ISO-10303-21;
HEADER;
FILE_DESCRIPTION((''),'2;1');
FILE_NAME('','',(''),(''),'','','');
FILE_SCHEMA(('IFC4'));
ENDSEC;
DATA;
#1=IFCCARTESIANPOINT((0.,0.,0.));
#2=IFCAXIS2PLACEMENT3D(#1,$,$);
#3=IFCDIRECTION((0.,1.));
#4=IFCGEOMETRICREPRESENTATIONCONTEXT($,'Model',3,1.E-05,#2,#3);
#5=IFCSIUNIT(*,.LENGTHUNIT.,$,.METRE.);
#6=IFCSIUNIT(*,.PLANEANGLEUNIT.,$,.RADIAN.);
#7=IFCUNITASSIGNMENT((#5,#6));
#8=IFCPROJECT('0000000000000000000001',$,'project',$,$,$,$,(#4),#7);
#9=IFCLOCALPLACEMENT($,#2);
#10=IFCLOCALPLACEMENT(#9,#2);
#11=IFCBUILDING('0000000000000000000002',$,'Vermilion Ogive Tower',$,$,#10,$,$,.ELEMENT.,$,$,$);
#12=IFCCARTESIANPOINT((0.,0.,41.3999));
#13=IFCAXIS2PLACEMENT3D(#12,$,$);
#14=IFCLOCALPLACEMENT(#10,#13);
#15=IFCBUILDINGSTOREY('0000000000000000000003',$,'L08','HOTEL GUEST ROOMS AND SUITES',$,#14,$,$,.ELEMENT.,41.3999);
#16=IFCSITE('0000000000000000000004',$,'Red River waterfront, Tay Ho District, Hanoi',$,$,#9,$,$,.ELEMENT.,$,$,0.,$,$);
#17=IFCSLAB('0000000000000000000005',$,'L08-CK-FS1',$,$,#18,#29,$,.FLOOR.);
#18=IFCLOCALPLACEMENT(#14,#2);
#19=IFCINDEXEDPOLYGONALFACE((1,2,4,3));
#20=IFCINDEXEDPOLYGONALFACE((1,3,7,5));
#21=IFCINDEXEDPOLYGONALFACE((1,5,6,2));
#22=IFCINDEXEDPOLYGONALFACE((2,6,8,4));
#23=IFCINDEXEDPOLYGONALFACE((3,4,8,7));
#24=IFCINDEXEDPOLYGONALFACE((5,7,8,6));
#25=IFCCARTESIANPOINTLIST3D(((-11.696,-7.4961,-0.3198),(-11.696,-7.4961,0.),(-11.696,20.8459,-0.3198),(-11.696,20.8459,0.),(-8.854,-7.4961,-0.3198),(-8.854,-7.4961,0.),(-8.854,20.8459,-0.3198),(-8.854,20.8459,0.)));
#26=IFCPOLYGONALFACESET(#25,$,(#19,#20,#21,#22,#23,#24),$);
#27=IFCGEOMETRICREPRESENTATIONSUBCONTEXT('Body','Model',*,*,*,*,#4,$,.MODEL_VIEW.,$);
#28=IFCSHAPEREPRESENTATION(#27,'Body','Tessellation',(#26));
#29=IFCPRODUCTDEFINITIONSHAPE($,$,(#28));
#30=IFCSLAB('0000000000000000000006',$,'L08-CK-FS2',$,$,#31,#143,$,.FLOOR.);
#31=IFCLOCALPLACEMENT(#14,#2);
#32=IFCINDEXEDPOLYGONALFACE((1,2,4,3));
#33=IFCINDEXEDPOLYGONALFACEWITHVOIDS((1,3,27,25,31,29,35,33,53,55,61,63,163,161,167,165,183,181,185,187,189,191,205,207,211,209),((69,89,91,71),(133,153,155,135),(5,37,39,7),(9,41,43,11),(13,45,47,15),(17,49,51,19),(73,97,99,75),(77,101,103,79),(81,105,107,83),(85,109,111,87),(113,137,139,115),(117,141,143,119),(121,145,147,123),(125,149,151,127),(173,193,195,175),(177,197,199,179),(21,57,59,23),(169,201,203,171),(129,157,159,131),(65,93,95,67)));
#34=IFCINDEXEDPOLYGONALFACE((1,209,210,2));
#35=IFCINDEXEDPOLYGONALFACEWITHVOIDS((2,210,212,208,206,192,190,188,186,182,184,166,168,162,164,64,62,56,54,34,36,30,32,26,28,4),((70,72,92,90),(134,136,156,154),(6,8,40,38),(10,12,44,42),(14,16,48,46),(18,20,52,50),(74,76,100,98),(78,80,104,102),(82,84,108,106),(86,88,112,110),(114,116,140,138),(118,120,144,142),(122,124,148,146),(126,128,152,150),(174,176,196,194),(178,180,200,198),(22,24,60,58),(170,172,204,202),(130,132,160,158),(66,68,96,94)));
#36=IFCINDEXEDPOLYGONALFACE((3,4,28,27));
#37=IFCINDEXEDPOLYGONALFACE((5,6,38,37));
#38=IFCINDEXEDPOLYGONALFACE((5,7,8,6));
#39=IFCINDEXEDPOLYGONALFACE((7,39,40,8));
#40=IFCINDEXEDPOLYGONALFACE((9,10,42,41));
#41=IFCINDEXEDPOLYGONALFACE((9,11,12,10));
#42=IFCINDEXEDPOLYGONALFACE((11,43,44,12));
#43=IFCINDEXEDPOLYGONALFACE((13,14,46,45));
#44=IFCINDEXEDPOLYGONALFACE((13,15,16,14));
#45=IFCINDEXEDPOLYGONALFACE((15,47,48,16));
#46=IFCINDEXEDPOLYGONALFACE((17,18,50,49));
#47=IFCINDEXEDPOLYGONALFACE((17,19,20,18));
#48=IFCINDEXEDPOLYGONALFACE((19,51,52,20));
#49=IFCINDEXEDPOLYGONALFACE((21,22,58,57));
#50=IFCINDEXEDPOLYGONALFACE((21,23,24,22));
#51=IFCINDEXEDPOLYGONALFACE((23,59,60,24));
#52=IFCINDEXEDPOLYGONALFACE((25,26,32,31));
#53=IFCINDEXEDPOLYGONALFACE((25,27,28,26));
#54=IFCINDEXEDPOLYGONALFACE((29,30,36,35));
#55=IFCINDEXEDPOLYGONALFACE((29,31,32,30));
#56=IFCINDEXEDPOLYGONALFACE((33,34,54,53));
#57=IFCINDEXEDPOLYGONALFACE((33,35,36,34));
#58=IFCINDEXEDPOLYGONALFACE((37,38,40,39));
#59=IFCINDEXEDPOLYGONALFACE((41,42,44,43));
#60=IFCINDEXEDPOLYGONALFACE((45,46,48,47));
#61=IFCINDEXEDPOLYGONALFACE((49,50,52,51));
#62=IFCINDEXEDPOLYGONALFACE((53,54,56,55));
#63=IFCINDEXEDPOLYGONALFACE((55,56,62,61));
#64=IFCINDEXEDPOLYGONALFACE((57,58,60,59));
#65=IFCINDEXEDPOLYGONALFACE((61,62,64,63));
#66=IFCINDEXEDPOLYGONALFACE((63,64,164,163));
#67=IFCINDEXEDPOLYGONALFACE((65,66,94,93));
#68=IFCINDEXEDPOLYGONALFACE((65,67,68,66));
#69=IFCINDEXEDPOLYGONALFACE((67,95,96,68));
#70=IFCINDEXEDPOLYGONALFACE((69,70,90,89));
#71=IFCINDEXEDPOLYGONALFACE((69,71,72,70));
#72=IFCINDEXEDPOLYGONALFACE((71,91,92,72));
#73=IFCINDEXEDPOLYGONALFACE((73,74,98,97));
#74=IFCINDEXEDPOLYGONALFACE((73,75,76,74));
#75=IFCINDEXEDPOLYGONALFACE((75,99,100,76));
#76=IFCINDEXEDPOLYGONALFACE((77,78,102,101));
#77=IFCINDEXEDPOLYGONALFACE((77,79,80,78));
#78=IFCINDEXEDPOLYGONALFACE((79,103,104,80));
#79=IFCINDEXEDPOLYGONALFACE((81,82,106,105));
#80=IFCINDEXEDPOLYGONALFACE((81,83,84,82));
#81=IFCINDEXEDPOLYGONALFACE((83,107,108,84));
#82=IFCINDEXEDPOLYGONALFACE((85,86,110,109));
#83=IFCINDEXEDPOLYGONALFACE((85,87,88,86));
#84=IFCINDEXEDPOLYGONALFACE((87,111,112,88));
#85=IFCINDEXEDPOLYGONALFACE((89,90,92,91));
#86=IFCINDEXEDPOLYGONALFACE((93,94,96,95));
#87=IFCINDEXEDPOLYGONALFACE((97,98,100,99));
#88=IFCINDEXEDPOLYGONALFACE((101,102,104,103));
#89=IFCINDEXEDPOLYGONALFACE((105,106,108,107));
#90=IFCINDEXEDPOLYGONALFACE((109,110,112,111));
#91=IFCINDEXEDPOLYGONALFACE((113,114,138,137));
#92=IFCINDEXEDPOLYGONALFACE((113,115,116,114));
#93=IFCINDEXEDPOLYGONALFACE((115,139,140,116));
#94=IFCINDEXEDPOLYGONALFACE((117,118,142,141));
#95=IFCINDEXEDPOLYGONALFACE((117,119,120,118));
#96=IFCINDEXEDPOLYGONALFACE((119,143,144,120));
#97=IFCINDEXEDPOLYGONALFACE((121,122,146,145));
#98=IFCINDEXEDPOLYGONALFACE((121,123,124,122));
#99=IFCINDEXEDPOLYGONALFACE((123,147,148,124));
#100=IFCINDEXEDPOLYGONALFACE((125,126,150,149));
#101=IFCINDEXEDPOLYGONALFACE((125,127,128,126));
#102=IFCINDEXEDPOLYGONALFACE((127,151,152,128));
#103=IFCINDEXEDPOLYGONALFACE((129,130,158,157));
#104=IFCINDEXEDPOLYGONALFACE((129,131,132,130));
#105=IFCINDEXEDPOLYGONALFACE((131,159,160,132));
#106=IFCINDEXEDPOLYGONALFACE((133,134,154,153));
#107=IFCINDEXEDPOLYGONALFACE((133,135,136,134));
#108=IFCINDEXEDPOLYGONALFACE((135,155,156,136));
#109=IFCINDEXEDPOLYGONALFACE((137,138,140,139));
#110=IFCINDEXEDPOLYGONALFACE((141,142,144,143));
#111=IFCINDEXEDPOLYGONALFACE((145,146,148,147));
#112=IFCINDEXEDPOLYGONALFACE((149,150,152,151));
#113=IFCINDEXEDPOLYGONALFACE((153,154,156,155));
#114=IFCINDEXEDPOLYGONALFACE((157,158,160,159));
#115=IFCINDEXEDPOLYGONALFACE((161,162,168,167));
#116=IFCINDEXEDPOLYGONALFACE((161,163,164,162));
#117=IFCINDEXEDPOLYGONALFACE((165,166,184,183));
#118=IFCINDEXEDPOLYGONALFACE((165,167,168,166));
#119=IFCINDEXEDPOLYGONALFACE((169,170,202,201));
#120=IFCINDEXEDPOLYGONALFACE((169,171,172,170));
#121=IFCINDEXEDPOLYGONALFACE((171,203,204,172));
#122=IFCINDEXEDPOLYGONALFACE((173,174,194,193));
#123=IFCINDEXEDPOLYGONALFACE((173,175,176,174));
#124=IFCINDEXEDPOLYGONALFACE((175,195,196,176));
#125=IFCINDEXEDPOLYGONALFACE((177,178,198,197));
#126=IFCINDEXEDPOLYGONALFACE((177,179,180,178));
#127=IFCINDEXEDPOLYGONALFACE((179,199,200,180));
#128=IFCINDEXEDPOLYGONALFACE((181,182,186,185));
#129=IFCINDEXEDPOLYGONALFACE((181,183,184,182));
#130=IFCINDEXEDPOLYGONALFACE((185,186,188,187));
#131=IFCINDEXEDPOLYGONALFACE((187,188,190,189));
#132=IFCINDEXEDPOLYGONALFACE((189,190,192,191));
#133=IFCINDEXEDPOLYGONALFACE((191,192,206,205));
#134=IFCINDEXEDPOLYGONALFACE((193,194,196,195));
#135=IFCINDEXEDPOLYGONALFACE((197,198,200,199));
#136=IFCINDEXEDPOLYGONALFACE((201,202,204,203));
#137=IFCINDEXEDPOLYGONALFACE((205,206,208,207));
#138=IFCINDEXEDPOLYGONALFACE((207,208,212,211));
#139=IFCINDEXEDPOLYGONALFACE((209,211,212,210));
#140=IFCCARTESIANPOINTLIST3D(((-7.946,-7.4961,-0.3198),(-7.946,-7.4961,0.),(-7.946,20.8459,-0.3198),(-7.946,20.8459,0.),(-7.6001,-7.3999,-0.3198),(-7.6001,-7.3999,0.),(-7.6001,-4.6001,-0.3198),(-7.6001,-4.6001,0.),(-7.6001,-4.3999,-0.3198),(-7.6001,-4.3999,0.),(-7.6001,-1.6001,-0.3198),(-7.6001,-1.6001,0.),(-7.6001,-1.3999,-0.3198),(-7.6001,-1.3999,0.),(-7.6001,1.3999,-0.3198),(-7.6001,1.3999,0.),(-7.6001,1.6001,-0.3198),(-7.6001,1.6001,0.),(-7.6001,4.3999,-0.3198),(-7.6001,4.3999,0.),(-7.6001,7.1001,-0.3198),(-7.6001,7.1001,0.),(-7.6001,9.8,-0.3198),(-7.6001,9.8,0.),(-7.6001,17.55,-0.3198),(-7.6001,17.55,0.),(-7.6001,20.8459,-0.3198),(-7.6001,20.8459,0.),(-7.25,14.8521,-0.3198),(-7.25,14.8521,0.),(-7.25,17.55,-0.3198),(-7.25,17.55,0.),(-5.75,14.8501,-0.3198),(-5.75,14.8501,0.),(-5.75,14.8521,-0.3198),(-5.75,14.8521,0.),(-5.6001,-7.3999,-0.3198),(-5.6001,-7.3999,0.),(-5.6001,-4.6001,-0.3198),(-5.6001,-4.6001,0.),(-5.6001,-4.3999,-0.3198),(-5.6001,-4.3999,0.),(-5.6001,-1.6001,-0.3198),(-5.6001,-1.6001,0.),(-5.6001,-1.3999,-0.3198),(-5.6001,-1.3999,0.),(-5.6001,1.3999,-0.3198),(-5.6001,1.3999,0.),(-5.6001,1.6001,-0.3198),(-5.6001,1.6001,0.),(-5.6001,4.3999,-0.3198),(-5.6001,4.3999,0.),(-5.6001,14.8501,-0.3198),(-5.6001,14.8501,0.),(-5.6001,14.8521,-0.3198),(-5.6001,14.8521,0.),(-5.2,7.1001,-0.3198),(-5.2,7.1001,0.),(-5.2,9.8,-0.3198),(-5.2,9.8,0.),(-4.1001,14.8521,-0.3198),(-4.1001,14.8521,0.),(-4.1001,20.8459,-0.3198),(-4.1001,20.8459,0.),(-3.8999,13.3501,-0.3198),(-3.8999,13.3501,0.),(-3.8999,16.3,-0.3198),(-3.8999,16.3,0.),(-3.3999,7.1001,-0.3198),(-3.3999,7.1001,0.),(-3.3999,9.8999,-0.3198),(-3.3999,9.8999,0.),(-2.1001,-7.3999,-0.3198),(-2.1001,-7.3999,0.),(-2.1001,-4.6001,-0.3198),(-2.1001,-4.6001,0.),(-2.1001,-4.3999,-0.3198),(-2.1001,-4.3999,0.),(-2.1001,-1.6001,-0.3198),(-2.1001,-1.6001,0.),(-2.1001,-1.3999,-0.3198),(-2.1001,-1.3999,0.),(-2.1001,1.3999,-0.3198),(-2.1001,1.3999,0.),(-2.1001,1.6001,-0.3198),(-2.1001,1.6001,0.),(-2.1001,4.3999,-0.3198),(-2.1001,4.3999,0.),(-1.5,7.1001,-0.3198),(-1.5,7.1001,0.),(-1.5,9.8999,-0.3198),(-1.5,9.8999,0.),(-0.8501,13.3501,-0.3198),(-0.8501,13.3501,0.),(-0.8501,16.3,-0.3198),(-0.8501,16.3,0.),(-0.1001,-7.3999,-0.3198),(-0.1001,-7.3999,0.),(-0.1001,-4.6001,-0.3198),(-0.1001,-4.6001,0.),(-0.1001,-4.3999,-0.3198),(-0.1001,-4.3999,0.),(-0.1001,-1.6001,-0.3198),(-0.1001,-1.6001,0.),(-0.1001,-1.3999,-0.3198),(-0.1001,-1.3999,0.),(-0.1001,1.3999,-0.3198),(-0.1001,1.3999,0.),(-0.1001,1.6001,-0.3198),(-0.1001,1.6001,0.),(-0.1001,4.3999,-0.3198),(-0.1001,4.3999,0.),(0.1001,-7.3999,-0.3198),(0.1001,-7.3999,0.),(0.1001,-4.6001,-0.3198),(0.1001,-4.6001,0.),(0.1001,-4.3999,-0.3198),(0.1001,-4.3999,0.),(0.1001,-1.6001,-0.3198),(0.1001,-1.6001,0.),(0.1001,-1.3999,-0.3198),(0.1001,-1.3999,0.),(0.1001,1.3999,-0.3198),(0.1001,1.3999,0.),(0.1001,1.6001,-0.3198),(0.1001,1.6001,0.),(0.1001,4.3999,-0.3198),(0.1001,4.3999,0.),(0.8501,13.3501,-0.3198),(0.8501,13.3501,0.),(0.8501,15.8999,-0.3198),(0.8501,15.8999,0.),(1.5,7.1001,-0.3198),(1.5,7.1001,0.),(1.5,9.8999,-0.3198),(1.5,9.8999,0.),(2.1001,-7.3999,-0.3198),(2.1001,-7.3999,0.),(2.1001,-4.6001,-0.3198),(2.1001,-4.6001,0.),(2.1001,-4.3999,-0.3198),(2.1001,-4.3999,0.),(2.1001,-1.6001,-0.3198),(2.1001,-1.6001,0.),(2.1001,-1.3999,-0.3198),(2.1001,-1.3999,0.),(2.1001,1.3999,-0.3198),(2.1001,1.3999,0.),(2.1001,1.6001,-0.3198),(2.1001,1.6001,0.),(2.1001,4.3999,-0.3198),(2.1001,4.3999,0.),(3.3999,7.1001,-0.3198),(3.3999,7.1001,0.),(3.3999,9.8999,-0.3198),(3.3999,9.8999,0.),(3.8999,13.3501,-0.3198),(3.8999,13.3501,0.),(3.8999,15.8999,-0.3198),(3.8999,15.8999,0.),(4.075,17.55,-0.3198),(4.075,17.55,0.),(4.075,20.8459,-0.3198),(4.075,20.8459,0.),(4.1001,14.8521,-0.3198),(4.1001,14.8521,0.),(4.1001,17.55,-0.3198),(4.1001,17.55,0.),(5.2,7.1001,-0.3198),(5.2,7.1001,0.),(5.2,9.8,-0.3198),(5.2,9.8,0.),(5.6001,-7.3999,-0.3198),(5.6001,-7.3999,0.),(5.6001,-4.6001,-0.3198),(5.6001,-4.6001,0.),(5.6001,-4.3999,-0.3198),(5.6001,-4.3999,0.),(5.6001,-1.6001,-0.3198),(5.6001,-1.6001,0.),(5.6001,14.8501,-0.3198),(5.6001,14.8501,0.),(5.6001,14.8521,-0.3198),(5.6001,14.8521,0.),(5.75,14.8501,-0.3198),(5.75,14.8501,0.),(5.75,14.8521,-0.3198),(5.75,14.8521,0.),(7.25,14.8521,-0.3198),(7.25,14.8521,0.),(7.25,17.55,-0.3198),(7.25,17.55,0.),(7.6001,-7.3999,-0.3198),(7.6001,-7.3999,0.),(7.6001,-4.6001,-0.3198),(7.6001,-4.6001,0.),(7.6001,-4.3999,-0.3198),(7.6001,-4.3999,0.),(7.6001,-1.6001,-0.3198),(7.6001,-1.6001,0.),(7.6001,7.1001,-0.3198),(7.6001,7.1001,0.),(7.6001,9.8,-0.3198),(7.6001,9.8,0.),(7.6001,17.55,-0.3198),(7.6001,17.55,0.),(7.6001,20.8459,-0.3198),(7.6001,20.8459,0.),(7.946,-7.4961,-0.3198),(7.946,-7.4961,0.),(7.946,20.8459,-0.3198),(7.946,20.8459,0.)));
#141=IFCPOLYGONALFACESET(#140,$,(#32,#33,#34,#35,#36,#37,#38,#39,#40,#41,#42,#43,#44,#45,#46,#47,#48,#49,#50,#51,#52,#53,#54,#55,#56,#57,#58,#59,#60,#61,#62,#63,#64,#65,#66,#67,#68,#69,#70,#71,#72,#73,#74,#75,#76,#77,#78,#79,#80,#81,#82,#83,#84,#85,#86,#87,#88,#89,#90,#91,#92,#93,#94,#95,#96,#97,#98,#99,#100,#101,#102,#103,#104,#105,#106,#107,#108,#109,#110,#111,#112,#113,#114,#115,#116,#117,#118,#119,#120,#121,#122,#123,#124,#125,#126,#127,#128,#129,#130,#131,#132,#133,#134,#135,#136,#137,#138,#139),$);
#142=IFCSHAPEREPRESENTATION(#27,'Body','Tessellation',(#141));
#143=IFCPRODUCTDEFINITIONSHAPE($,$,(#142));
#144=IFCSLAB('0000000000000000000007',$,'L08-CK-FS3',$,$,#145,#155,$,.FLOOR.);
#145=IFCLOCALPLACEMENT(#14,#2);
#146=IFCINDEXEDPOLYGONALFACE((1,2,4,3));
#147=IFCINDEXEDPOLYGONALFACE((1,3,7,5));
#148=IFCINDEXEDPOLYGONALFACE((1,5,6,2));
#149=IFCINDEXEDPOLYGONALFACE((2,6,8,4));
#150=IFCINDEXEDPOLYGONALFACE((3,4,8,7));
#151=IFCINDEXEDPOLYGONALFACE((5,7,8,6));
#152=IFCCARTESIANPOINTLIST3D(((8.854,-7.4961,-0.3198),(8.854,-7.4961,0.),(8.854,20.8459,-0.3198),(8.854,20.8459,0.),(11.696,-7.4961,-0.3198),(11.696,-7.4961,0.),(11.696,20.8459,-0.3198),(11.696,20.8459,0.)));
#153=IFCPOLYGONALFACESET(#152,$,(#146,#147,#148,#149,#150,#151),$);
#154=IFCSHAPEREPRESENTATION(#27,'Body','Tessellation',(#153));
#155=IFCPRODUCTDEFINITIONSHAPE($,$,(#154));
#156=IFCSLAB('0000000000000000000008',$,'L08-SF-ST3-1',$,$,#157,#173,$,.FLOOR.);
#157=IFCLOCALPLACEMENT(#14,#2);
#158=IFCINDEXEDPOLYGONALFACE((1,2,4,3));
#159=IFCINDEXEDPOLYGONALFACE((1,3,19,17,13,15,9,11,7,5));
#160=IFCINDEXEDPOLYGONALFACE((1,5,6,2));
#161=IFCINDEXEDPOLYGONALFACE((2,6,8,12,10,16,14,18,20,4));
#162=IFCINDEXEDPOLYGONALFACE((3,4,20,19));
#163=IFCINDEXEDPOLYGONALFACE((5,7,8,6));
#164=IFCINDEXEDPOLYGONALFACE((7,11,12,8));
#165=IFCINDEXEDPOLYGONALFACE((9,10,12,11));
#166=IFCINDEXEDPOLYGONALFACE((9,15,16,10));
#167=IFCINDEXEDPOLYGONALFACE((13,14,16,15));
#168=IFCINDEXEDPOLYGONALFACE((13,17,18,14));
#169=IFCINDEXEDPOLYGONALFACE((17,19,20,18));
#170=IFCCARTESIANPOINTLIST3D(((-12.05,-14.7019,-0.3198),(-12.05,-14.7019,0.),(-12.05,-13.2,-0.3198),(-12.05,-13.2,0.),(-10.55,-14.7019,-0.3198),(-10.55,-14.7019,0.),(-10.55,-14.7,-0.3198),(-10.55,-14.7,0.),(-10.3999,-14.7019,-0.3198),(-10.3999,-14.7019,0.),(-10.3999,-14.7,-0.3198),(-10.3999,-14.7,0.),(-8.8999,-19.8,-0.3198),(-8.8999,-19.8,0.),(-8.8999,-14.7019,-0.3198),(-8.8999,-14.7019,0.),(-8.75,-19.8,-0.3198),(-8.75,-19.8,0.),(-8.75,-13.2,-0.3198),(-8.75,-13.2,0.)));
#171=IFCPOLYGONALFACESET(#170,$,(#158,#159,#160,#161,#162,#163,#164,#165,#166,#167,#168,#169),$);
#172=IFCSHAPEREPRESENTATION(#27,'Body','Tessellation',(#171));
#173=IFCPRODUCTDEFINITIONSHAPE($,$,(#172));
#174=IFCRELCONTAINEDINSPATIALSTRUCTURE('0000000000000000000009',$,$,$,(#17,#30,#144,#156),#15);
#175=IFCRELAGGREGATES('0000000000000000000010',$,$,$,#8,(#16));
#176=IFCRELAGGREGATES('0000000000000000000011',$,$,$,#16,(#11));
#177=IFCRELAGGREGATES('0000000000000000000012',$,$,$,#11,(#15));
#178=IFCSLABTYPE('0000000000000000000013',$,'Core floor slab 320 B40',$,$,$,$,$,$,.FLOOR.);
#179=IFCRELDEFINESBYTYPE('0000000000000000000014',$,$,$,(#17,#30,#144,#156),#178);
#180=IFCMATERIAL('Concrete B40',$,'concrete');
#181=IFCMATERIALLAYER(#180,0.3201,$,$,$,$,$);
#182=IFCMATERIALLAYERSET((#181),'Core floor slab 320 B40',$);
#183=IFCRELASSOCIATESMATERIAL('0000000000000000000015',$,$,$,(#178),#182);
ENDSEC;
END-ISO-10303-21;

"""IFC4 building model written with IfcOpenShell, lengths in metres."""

from ifc_helpers import new_model, si_unit, direction, frame, origin, place, context, subcontext, project, spatial, polyline, outline, extrude, material, layer, layer_set, type_object, element, save


model = new_model("IFC4")

# Units and contexts
model_context = context("Model", 3, precision=1e-05, world=origin(), true_north=direction((0.0, 1.0)))
body_context = subcontext(model_context, "Body", "Model", "MODEL_VIEW")
ifc_project = project(units=[si_unit("LENGTHUNIT", "METRE"), si_unit("PLANEANGLEUNIT", "RADIAN")], contexts=[model_context])

# Site, building, storey
site_placement = place(None, origin())
site = spatial("IfcSite", under=ifc_project, at=site_placement, Name="Red River waterfront, Tay Ho District, Hanoi", CompositionType="ELEMENT", RefElevation=0.0)
building_placement = place(site_placement, origin())
building = spatial("IfcBuilding", under=site, at=building_placement, Name="Vermilion Ogive Tower", CompositionType="ELEMENT")
storey_placement = place(building_placement, frame((0.0, 0.0, 41.3999)))
storey = spatial("IfcBuildingStorey", under=building, at=storey_placement, Name="L08", Description="HOTEL GUEST ROOMS AND SUITES", CompositionType="ELEMENT", Elevation=41.3999)

# Slabs
ifc_material_1 = material(Name="Concrete B40", Category="concrete")
ifc_layer_1 = layer(ifc_material_1, 0.3201)
ifc_layer_set_1 = layer_set([ifc_layer_1], Name="Core floor slab 320 B40")
slab_type_1 = type_object("IfcSlabType", Name="Core floor slab 320 B40", PredefinedType="FLOOR", material=ifc_layer_set_1)
slab_1_placement = place(storey_placement, frame((0.0, 0.0, -0.3198)))
element("IfcSlab", 1, at=slab_1_placement, inside=storey, type_object=slab_type_1, Name="L08-CK-FS1", PredefinedType="FLOOR", context=body_context, shape_type="SweptSolid", body=[
    extrude(outline(polyline([(-8.854, -7.4961), (-11.696, -7.4961), (-11.696, 20.8459), (-8.854, 20.8459), (-8.854, -7.4961)])), origin(), (0.0, 0.0, 1.0), 0.3198),
])
slab_2_placement = place(storey_placement, frame((0.0, 0.0, -0.3198)))
element("IfcSlab", 2, at=slab_2_placement, inside=storey, type_object=slab_type_1, Name="L08-CK-FS2", PredefinedType="FLOOR", context=body_context, shape_type="SweptSolid", body=[
    extrude(outline(polyline([(5.75, 14.8501), (5.6001, 14.8501), (5.6001, 14.8521), (4.1001, 14.8521), (4.1001, 17.55), (4.075, 17.55), (4.075, 20.8459), (-4.1001, 20.8459), (-4.1001, 14.8521), (-5.6001, 14.8521), (-5.6001, 14.8501), (-5.75, 14.8501), (-5.75, 14.8521), (-7.25, 14.8521), (-7.25, 17.55), (-7.6001, 17.55), (-7.6001, 20.8459), (-7.946, 20.8459), (-7.946, -7.4961), (7.946, -7.4961), (7.946, 20.8459), (7.6001, 20.8459), (7.6001, 17.55), (7.25, 17.55), (7.25, 14.8521), (5.75, 14.8521), (5.75, 14.8501)]), holes=[polyline([(-7.6001, -4.6001), (-5.6001, -4.6001), (-5.6001, -7.3999), (-7.6001, -7.3999), (-7.6001, -4.6001)]), polyline([(-2.1001, -4.6001), (-0.1001, -4.6001), (-0.1001, -7.3999), (-2.1001, -7.3999), (-2.1001, -4.6001)]), polyline([(-7.6001, -4.3999), (-7.6001, -1.6001), (-5.6001, -1.6001), (-5.6001, -4.3999), (-7.6001, -4.3999)]), polyline([(-2.1001, -1.6001), (-0.1001, -1.6001), (-0.1001, -4.3999), (-2.1001, -4.3999), (-2.1001, -1.6001)]), polyline([(-7.6001, -1.3999), (-7.6001, 1.3999), (-5.6001, 1.3999), (-5.6001, -1.3999), (-7.6001, -1.3999)]), polyline([(-2.1001, 1.3999), (-0.1001, 1.3999), (-0.1001, -1.3999), (-2.1001, -1.3999), (-2.1001, 1.3999)]), polyline([(-7.6001, 4.3999), (-5.6001, 4.3999), (-5.6001, 1.6001), (-7.6001, 1.6001), (-7.6001, 4.3999)]), polyline([(-2.1001, 4.3999), (-0.1001, 4.3999), (-0.1001, 1.6001), (-2.1001, 1.6001), (-2.1001, 4.3999)]), polyline([(-7.6001, 9.8), (-5.2, 9.8), (-5.2, 7.1001), (-7.6001, 7.1001), (-7.6001, 9.8)]), polyline([(-3.3999, 9.8999), (-1.5, 9.8999), (-1.5, 7.1001), (-3.3999, 7.1001), (-3.3999, 9.8999)]), polyline([(-3.8999, 16.3), (-0.8501, 16.3), (-0.8501, 13.3501), (-3.8999, 13.3501), (-3.8999, 16.3)]), polyline([(0.1001, -4.6001), (2.1001, -4.6001), (2.1001, -7.3999), (0.1001, -7.3999), (0.1001, -4.6001)]), polyline([(5.6001, -4.6001), (7.6001, -4.6001), (7.6001, -7.3999), (5.6001, -7.3999), (5.6001, -4.6001)]), polyline([(0.1001, -1.6001), (2.1001, -1.6001), (2.1001, -4.3999), (0.1001, -4.3999), (0.1001, -1.6001)]), polyline([(5.6001, -1.6001), (7.6001, -1.6001), (7.6001, -4.3999), (5.6001, -4.3999), (5.6001, -1.6001)]), polyline([(0.1001, 1.3999), (2.1001, 1.3999), (2.1001, -1.3999), (0.1001, -1.3999), (0.1001, 1.3999)]), polyline([(0.1001, 4.3999), (2.1001, 4.3999), (2.1001, 1.6001), (0.1001, 1.6001), (0.1001, 4.3999)]), polyline([(5.2, 9.8), (7.6001, 9.8), (7.6001, 7.1001), (5.2, 7.1001), (5.2, 9.8)]), polyline([(1.5, 9.8999), (3.3999, 9.8999), (3.3999, 7.1001), (1.5, 7.1001), (1.5, 9.8999)]), polyline([(0.8501, 15.8999), (3.8999, 15.8999), (3.8999, 13.3501), (0.8501, 13.3501), (0.8501, 15.8999)])]), origin(), (0.0, 0.0, 1.0), 0.3198),
])
slab_3_placement = place(storey_placement, frame((0.0, 0.0, -0.3198)))
element("IfcSlab", 3, at=slab_3_placement, inside=storey, type_object=slab_type_1, Name="L08-CK-FS3", PredefinedType="FLOOR", context=body_context, shape_type="SweptSolid", body=[
    extrude(outline(polyline([(8.854, 20.8459), (11.696, 20.8459), (11.696, -7.4961), (8.854, -7.4961), (8.854, 20.8459)])), origin(), (0.0, 0.0, 1.0), 0.3198),
])
slab_4_placement = place(storey_placement, frame((0.0, 0.0, -0.3198)))
element("IfcSlab", 4, at=slab_4_placement, inside=storey, type_object=slab_type_1, Name="L08-SF-ST3-1", PredefinedType="FLOOR", context=body_context, shape_type="SweptSolid", body=[
    extrude(outline(polyline([(-12.05, -13.2), (-12.05, -14.7019), (-10.55, -14.7019), (-10.55, -14.7), (-10.3999, -14.7), (-10.3999, -14.7019), (-8.8999, -14.7019), (-8.8999, -19.8), (-8.75, -19.8), (-8.75, -13.2), (-12.05, -13.2)])), origin(), (0.0, 0.0, 1.0), 0.3198),
])

save(model, "model.ifc")
